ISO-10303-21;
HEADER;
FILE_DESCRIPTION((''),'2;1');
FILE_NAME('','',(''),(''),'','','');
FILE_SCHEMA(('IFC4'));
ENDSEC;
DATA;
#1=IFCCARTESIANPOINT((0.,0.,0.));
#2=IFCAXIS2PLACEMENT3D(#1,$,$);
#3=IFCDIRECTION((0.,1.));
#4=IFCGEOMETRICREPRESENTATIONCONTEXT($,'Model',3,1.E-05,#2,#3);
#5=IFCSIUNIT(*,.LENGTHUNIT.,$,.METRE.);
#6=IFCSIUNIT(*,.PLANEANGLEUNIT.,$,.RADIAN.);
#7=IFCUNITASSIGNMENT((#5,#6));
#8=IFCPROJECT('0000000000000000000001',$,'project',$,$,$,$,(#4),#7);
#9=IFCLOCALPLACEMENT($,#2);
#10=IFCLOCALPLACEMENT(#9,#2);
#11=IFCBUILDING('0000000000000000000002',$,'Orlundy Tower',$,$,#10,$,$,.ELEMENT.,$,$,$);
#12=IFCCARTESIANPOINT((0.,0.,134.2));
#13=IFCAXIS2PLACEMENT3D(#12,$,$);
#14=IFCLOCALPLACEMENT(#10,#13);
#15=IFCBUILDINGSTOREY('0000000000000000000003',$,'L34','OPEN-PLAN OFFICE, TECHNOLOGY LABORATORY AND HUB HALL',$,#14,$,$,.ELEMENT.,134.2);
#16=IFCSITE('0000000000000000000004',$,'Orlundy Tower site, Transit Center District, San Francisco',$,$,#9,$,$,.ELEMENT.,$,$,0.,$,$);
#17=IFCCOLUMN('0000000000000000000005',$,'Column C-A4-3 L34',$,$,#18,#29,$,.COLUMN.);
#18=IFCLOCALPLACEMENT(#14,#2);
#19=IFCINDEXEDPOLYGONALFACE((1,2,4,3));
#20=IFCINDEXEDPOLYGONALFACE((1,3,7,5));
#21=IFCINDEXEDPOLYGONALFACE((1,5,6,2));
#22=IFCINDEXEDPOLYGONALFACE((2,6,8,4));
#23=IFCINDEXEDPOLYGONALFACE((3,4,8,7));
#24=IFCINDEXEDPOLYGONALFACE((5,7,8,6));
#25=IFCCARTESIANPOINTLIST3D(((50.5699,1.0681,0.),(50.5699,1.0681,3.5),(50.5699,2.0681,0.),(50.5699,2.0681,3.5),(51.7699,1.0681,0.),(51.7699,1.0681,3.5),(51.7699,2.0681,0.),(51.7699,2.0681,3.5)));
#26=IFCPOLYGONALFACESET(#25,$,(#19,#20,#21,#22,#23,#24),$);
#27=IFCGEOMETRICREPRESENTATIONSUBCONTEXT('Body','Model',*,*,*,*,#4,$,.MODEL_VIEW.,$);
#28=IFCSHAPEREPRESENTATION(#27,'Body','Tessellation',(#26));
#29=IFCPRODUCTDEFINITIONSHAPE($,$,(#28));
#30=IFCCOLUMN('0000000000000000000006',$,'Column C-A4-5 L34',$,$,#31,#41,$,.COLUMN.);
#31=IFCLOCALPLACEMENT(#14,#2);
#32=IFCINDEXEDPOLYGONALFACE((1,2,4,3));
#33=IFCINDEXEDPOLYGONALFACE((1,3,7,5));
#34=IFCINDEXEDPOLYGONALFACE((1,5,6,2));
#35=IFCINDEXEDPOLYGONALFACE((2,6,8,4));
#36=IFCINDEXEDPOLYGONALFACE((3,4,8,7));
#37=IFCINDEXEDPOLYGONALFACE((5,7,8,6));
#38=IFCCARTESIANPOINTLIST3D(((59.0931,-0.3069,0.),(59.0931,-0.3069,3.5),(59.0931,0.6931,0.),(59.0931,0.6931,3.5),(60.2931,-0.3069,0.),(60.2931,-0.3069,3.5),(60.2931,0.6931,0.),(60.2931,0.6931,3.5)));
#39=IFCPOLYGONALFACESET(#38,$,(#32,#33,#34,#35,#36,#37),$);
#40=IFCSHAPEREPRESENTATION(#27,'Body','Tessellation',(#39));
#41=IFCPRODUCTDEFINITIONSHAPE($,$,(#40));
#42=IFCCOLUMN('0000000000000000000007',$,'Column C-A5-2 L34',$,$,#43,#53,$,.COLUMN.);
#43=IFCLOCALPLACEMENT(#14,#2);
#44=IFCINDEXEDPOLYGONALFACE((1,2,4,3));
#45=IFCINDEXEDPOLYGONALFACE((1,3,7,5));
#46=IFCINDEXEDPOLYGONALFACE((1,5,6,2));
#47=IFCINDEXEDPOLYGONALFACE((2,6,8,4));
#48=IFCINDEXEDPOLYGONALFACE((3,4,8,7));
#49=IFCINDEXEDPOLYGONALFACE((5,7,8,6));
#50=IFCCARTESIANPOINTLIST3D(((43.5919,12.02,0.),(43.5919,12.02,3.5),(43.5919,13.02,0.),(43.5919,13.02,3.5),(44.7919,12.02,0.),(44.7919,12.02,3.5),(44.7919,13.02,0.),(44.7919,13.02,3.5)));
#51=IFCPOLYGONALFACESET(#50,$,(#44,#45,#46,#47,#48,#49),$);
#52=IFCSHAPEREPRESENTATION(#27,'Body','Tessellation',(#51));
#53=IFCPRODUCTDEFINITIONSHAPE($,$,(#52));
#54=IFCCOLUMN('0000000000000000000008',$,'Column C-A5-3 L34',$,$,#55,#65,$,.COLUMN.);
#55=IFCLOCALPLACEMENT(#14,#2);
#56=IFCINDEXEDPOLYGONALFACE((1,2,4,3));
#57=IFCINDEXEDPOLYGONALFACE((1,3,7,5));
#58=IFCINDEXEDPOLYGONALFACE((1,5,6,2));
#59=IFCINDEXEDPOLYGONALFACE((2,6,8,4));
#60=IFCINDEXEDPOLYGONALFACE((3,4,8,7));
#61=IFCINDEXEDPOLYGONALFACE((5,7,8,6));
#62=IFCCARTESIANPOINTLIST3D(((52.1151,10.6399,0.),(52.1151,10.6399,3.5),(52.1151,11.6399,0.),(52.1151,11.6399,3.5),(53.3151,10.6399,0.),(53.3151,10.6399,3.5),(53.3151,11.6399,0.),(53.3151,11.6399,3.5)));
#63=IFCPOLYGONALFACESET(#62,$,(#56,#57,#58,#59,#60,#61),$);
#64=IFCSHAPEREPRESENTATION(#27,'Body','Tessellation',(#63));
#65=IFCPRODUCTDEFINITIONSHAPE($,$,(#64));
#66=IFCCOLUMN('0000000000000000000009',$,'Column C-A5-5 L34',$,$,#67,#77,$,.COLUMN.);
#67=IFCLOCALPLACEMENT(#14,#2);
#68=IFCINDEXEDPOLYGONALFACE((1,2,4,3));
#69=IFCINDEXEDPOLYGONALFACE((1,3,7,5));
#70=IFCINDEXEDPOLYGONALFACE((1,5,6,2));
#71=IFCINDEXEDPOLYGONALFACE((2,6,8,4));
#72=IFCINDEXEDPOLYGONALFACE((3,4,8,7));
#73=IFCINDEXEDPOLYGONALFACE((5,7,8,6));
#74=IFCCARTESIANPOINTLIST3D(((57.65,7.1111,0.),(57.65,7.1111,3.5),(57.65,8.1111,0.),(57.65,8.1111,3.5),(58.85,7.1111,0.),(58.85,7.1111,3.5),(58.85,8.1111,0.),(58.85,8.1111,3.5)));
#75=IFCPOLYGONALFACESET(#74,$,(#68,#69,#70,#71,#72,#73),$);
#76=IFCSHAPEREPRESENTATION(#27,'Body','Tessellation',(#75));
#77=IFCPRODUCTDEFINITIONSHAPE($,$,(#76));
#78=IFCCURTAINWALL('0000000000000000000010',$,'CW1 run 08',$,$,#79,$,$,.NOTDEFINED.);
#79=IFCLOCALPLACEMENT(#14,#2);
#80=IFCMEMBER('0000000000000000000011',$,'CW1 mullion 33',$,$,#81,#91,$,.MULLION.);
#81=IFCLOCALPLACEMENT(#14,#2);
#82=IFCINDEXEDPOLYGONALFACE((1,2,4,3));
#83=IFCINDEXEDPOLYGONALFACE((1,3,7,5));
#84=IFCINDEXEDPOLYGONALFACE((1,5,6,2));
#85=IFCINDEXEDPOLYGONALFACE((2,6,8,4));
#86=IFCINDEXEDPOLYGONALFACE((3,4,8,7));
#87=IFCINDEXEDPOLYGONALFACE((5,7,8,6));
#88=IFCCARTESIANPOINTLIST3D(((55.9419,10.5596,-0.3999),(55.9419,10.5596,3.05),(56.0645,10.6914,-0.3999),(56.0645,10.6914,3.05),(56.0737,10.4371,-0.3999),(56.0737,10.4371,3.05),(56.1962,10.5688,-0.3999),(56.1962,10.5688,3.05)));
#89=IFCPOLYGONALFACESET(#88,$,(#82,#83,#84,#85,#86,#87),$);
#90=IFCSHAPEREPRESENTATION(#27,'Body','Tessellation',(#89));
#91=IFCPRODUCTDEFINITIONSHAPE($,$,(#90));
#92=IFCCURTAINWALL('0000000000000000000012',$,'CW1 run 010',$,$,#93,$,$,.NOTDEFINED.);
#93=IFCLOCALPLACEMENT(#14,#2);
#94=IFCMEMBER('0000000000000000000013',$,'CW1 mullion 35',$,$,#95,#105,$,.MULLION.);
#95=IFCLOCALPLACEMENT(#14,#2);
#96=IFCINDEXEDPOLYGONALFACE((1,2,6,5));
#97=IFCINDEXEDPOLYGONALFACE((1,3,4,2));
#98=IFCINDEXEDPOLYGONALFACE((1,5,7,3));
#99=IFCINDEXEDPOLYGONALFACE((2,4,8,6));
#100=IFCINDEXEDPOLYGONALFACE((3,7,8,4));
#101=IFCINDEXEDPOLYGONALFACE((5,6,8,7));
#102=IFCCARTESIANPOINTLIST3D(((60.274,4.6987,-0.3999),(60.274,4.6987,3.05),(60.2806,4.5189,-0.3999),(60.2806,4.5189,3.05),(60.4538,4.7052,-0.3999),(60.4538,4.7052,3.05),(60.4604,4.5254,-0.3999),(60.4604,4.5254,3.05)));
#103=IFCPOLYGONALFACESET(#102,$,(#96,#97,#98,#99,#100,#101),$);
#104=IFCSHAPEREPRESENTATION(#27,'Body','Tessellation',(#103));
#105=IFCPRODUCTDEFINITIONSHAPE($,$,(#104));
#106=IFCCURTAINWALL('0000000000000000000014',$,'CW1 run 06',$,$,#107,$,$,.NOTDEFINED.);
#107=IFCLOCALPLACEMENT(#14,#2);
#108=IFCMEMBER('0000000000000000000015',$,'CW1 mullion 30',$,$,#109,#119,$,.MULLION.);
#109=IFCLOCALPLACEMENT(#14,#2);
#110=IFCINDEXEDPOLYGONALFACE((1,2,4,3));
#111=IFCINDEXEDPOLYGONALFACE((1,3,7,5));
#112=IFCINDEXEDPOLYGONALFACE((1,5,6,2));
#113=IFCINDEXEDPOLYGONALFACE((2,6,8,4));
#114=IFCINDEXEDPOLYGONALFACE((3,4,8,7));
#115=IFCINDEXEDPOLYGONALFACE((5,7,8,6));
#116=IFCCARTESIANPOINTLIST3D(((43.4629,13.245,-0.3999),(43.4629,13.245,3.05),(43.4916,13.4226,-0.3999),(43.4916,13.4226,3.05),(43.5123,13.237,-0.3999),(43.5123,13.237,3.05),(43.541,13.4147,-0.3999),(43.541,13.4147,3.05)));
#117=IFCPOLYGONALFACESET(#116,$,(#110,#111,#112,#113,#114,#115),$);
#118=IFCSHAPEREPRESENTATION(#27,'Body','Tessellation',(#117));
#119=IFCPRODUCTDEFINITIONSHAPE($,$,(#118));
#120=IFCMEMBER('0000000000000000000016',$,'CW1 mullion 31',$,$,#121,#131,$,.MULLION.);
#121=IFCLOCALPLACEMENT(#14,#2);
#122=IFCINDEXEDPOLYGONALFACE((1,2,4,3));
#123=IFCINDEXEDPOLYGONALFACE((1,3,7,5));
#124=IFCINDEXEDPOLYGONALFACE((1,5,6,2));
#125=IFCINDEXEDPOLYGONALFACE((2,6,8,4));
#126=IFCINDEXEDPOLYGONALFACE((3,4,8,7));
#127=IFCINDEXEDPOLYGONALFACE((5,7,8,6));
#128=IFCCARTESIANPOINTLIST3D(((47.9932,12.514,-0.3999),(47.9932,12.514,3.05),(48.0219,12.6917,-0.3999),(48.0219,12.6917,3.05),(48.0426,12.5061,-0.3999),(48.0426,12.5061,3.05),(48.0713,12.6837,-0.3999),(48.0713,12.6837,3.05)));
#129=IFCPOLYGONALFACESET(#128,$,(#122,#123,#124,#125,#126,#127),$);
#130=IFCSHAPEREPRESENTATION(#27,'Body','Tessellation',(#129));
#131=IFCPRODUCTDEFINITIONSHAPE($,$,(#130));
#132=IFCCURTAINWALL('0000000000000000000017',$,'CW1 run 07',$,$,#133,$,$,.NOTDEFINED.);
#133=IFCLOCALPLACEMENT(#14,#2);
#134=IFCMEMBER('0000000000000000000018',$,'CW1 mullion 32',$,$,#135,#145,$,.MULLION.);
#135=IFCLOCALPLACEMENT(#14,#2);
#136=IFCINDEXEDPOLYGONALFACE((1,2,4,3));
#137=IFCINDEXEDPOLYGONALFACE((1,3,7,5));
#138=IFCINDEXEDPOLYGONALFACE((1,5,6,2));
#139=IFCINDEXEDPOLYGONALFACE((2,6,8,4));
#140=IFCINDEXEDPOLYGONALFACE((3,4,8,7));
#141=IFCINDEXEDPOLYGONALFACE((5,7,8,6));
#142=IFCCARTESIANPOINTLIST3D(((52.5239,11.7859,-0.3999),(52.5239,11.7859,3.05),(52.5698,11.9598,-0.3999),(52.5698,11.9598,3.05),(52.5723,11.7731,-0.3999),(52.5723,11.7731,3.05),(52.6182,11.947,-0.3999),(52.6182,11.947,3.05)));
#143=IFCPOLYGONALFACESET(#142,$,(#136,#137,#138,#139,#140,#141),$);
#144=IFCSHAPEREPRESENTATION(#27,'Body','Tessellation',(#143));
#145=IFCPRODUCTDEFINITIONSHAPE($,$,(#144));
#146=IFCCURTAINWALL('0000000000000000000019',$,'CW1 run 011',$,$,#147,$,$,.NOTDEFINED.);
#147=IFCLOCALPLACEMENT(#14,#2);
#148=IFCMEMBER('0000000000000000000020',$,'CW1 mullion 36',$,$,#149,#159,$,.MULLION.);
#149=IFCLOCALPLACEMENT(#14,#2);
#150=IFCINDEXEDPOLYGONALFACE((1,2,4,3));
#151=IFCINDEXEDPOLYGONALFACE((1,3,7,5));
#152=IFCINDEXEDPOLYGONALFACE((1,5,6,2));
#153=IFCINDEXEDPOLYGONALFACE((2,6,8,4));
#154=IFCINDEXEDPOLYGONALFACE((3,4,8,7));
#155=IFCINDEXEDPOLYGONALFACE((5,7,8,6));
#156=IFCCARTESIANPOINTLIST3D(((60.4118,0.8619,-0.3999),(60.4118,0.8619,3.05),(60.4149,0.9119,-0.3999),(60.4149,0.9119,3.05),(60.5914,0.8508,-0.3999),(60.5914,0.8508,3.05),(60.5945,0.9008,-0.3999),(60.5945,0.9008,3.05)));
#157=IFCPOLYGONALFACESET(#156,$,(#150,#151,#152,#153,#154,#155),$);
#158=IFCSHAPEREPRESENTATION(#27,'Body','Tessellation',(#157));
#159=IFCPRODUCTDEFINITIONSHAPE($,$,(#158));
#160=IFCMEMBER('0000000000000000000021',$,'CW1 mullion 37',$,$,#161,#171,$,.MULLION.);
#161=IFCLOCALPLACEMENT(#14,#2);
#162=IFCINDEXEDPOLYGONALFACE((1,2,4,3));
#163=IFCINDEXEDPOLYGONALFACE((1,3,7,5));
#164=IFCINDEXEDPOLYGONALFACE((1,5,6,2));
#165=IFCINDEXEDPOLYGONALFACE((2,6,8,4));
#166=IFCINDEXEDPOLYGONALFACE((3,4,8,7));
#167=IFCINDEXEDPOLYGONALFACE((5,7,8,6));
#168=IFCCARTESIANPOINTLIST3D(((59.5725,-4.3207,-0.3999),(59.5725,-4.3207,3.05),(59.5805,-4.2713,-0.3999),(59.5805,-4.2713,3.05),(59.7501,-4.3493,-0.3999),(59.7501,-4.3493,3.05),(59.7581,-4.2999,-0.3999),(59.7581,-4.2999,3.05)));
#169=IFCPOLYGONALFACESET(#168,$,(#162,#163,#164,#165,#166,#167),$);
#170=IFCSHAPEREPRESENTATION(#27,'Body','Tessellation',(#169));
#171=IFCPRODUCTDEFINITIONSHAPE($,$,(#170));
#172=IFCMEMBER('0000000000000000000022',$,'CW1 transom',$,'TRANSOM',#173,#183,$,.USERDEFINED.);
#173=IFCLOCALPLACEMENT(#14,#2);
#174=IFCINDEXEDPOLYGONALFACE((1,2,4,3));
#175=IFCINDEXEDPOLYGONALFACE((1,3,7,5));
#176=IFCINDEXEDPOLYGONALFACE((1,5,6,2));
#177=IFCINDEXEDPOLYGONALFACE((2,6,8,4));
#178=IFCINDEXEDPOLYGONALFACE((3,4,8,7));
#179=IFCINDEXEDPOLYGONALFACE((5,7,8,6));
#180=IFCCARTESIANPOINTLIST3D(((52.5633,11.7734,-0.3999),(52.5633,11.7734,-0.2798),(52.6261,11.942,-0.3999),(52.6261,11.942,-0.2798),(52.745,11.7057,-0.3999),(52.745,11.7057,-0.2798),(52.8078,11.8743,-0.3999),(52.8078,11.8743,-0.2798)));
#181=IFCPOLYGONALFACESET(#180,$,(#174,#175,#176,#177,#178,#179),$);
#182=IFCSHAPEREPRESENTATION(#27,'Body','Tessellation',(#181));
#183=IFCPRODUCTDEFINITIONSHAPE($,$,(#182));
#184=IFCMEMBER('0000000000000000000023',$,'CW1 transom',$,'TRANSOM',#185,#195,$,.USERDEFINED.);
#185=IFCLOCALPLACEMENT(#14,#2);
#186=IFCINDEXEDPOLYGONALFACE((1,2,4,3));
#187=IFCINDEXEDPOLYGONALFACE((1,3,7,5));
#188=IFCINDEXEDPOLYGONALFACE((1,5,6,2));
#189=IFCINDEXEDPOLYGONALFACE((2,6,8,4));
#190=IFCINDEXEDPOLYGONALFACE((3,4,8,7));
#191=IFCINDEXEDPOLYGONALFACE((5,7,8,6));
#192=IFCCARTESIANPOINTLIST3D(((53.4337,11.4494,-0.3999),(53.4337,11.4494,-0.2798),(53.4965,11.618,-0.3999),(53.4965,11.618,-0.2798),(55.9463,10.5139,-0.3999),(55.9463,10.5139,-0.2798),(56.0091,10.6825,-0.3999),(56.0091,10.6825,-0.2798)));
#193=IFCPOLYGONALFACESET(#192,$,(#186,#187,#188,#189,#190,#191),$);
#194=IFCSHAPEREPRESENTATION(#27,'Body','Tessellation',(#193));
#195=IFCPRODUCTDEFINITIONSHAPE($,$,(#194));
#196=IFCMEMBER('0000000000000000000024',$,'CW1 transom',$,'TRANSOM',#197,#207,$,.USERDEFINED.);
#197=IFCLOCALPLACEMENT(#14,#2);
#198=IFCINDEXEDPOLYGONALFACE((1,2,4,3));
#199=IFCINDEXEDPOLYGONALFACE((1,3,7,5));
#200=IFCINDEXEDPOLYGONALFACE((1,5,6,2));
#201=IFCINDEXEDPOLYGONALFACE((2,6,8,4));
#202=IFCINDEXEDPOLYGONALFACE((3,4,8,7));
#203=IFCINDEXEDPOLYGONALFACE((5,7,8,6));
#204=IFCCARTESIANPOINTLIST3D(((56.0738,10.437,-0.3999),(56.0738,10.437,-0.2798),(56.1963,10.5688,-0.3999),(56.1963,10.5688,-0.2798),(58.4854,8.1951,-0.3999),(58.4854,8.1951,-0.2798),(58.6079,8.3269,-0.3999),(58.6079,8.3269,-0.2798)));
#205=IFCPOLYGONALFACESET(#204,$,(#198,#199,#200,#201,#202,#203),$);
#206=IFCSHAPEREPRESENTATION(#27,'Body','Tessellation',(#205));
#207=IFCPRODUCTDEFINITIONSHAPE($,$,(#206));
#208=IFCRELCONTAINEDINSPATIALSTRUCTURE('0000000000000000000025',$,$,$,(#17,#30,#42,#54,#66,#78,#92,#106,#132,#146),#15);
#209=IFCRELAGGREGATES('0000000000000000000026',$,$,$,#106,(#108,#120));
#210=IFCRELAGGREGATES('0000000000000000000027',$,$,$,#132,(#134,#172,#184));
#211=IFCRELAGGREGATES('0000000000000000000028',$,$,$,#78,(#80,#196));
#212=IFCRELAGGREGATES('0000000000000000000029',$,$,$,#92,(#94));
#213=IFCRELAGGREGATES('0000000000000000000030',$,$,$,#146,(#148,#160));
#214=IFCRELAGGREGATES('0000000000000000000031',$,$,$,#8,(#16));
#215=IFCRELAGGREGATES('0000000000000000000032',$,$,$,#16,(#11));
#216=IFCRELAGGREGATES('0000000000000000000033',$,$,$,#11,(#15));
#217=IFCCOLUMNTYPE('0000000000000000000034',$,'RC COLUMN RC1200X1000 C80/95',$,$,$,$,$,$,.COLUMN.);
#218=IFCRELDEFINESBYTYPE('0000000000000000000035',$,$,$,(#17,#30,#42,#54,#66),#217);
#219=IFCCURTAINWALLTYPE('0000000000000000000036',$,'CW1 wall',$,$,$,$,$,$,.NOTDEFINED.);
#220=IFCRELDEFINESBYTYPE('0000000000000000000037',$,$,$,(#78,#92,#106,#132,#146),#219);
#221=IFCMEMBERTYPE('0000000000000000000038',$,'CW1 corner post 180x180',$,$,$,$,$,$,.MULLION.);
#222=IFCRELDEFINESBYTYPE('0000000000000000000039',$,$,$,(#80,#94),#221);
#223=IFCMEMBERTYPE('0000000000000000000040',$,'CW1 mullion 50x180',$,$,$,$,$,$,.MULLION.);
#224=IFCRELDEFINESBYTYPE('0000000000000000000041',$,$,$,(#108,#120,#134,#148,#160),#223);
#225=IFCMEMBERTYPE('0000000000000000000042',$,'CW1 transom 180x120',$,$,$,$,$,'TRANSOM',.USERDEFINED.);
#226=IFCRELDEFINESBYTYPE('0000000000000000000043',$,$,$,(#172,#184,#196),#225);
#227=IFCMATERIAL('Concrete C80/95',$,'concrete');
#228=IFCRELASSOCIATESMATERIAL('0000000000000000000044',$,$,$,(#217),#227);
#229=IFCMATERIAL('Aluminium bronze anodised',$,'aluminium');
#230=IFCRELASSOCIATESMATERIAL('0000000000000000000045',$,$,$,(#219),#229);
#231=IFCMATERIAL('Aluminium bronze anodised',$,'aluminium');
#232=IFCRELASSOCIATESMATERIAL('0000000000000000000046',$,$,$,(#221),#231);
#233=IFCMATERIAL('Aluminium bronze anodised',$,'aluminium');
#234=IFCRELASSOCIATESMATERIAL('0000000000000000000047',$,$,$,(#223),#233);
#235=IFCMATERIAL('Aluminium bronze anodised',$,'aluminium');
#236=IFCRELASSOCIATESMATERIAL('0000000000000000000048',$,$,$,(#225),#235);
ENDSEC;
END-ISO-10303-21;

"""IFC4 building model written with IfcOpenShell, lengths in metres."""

from ifc_helpers import new_model, si_unit, direction, frame, origin, origin_2d, place, context, subcontext, project, spatial, rectangle, extrude, material, material_profile, profile_set, type_object, element, aggregate, save


model = new_model("IFC4")

# Units and contexts
model_context = context("Model", 3, precision=1e-05, world=origin(), true_north=direction((0.0, 1.0)))
body_context = subcontext(model_context, "Body", "Model", "MODEL_VIEW")
ifc_project = project(units=[si_unit("LENGTHUNIT", "METRE"), si_unit("PLANEANGLEUNIT", "RADIAN")], contexts=[model_context])

# Site, building, storey
site_placement = place(None, origin())
site = spatial("IfcSite", under=ifc_project, at=site_placement, Name="Orlundy Tower site, Transit Center District, San Francisco", CompositionType="ELEMENT", RefElevation=0.0)
building_placement = place(site_placement, origin())
building = spatial("IfcBuilding", under=site, at=building_placement, Name="Orlundy Tower", CompositionType="ELEMENT")
storey_placement = place(building_placement, frame((0.0, 0.0, 134.2)))
storey = spatial("IfcBuildingStorey", under=building, at=storey_placement, Name="L34", Description="OPEN-PLAN OFFICE, TECHNOLOGY LABORATORY AND HUB HALL", CompositionType="ELEMENT", Elevation=134.2)

# Columns
ifc_material_1 = material(Name="Concrete C80/95", Category="concrete")
ifc_material_profile_1 = material_profile(ifc_material_1, rectangle(XDim=1.2, YDim=1.0, at=origin_2d()), Name="RC1200X1000")
ifc_profile_set_1 = profile_set([ifc_material_profile_1], Name="Concrete C80/95")
column_type = type_object("IfcColumnType", Name="RC COLUMN RC1200X1000 C80/95", PredefinedType="COLUMN", material=ifc_profile_set_1)
for number, where, z_axis, x_axis, name in (
    (1, (51.1699, 1.5681, 0.0), (0.0, 0.0, 1.0), (1.0, 0.0, 0.0), "Column C-A4-3 L34"),
    (2, (59.6931, 0.1931, 0.0), (0.0, 0.0, 1.0), (1.0, 0.0, 0.0), "Column C-A4-5 L34"),
    (3, (44.1919, 12.52, 0.0), (0.0, 0.0, 1.0), (1.0, 0.0, 0.0), "Column C-A5-2 L34"),
    (4, (52.7151, 11.1399, 0.0), (0.0, 0.0, 1.0), (1.0, 0.0, 0.0), "Column C-A5-3 L34"),
    (5, (58.25, 7.6111, 0.0), (0.0, 0.0, 1.0), (1.0, 0.0, 0.0), "Column C-A5-5 L34"),
):
    element("IfcColumn", number, at=place(storey_placement, frame(where, z_axis=z_axis, x_axis=x_axis)), inside=storey, type_object=column_type, Name=name, PredefinedType="COLUMN", context=body_context, shape_type="SweptSolid", body=[
        extrude(rectangle(XDim=1.2, YDim=1.0, at=origin_2d()), origin(), (0.0, 0.0, 1.0), 3.5),
    ])

# Curtain walls, members
ifc_material_2 = material(Name="Aluminium bronze anodised", Category="aluminium")
curtain_wall_type = type_object("IfcCurtainWallType", Name="CW1 wall", PredefinedType="NOTDEFINED", material=ifc_material_2)
curtain_wall_1_placement = place(storey_placement, origin())
curtain_wall_1 = element("IfcCurtainWall", 6, at=curtain_wall_1_placement, inside=storey, type_object=curtain_wall_type, Name="CW1 run 08", PredefinedType="NOTDEFINED")
ifc_material_3 = material(Name="Aluminium bronze anodised", Category="aluminium")
ifc_material_profile_2 = material_profile(ifc_material_3, rectangle(XDim=0.1799, YDim=0.1799, at=origin_2d()), Name="CW1 corner post 180x180")
ifc_profile_set_2 = profile_set([ifc_material_profile_2], Name="Aluminium bronze anodised")
member_type_1 = type_object("IfcMemberType", Name="CW1 corner post 180x180", PredefinedType="MULLION", material=ifc_profile_set_2)
member_1_placement = place(storey_placement, frame((56.0691, 10.5642, -0.3999), z_axis=(0.0, 0.0, 1.0), x_axis=(0.680875, 0.732399, 0.0)))
member_1 = element("IfcMember", 7, at=member_1_placement, type_object=member_type_1, Name="CW1 mullion 33", PredefinedType="MULLION", context=body_context, shape_type="SweptSolid", body=[
    extrude(rectangle(XDim=0.1799, YDim=0.1799, at=origin_2d()), origin(), (0.0, 0.0, 1.0), 3.45),
])
curtain_wall_2_placement = place(storey_placement, origin())
curtain_wall_2 = element("IfcCurtainWall", 8, at=curtain_wall_2_placement, inside=storey, type_object=curtain_wall_type, Name="CW1 run 010", PredefinedType="NOTDEFINED")
member_2_placement = place(storey_placement, frame((60.3672, 4.6121, -0.3999), z_axis=(0.0, 0.0, 1.0), x_axis=(0.999336, 0.036423, 0.0)))
member_2 = element("IfcMember", 9, at=member_2_placement, type_object=member_type_1, Name="CW1 mullion 35", PredefinedType="MULLION", context=body_context, shape_type="SweptSolid", body=[
    extrude(rectangle(XDim=0.1799, YDim=0.1799, at=origin_2d()), origin(), (0.0, 0.0, 1.0), 3.45),
])

# Curtain wall, members
curtain_wall_3_placement = place(storey_placement, origin())
curtain_wall_3 = element("IfcCurtainWall", 10, at=curtain_wall_3_placement, inside=storey, type_object=curtain_wall_type, Name="CW1 run 06", PredefinedType="NOTDEFINED")
ifc_material_4 = material(Name="Aluminium bronze anodised", Category="aluminium")
ifc_material_profile_3 = material_profile(ifc_material_4, rectangle(XDim=0.1799, YDim=0.05, at=origin_2d()), Name="CW1 mullion 50x180")
ifc_profile_set_3 = profile_set([ifc_material_profile_3], Name="Aluminium bronze anodised")
member_type_2 = type_object("IfcMemberType", Name="CW1 mullion 50x180", PredefinedType="MULLION", material=ifc_profile_set_3)
member_3_placement = place(storey_placement, frame((43.502, 13.3298, -0.3999), z_axis=(0.0, 0.0, 1.0), x_axis=(0.159302, 0.98723, 0.0)))
member_3 = element("IfcMember", 11, at=member_3_placement, type_object=member_type_2, Name="CW1 mullion 30", PredefinedType="MULLION", context=body_context, shape_type="SweptSolid", body=[
    extrude(rectangle(XDim=0.1799, YDim=0.05, at=origin_2d()), origin(), (0.0, 0.0, 1.0), 3.45),
])
member_4_placement = place(storey_placement, frame((48.0322, 12.5989, -0.3999), z_axis=(0.0, 0.0, 1.0), x_axis=(0.159302, 0.98723, 0.0)))
member_4 = element("IfcMember", 12, at=member_4_placement, type_object=member_type_2, Name="CW1 mullion 31", PredefinedType="MULLION", context=body_context, shape_type="SweptSolid", body=[
    extrude(rectangle(XDim=0.1799, YDim=0.05, at=origin_2d()), origin(), (0.0, 0.0, 1.0), 3.45),
])

# Curtain wall, member
curtain_wall_4_placement = place(storey_placement, origin())
curtain_wall_4 = element("IfcCurtainWall", 13, at=curtain_wall_4_placement, inside=storey, type_object=curtain_wall_type, Name="CW1 run 07", PredefinedType="NOTDEFINED")
member_5_placement = place(storey_placement, frame((52.571, 11.8665, -0.3999), z_axis=(0.0, 0.0, 1.0), x_axis=(0.255334, 0.966853, 0.0)))
member_5 = element("IfcMember", 14, at=member_5_placement, type_object=member_type_2, Name="CW1 mullion 32", PredefinedType="MULLION", context=body_context, shape_type="SweptSolid", body=[
    extrude(rectangle(XDim=0.1799, YDim=0.05, at=origin_2d()), origin(), (0.0, 0.0, 1.0), 3.45),
])

# Curtain wall, members
curtain_wall_5_placement = place(storey_placement, origin())
curtain_wall_5 = element("IfcCurtainWall", 15, at=curtain_wall_5_placement, inside=storey, type_object=curtain_wall_type, Name="CW1 run 011", PredefinedType="NOTDEFINED")
member_6_placement = place(storey_placement, frame((60.5032, 0.8813, -0.3999), z_axis=(0.0, 0.0, 1.0), x_axis=(0.998092, -0.061752, 0.0)))
member_6 = element("IfcMember", 16, at=member_6_placement, type_object=member_type_2, Name="CW1 mullion 36", PredefinedType="MULLION", context=body_context, shape_type="SweptSolid", body=[
    extrude(rectangle(XDim=0.1799, YDim=0.05, at=origin_2d()), origin(), (0.0, 0.0, 1.0), 3.45),
])
member_7_placement = place(storey_placement, frame((59.6653, -4.3103, -0.3999), z_axis=(0.0, 0.0, 1.0), x_axis=(0.987225, -0.159331, 0.0)))
member_7 = element("IfcMember", 17, at=member_7_placement, type_object=member_type_2, Name="CW1 mullion 37", PredefinedType="MULLION", context=body_context, shape_type="SweptSolid", body=[
    extrude(rectangle(XDim=0.1799, YDim=0.05, at=origin_2d()), origin(), (0.0, 0.0, 1.0), 3.45),
])

# Members
ifc_material_5 = material(Name="Aluminium bronze anodised", Category="aluminium")
ifc_material_profile_4 = material_profile(ifc_material_5, rectangle(XDim=0.1799, YDim=0.1201, at=origin_2d()), Name="CW1 transom 180x120")
ifc_profile_set_4 = profile_set([ifc_material_profile_4], Name="Aluminium bronze anodised")
member_type_3 = type_object("IfcMemberType", Name="CW1 transom 180x120", ElementType="TRANSOM", PredefinedType="USERDEFINED", material=ifc_profile_set_4)
member_8_placement = place(storey_placement, frame((52.5947, 11.8577, -0.3398), z_axis=(0.937155, -0.348914, 0.0), x_axis=(0.348914, 0.937155, 0.0)))
member_8 = element("IfcMember", 18, at=member_8_placement, type_object=member_type_3, Name="CW1 transom", ObjectType="TRANSOM", PredefinedType="USERDEFINED", context=body_context, shape_type="SweptSolid", body=[
    extrude(rectangle(XDim=0.1799, YDim=0.1201, at=origin_2d()), origin(), (0.0, 0.0, 1.0), 0.1938),
])
member_9_placement = place(storey_placement, frame((53.4651, 11.5337, -0.3398), z_axis=(0.93715, -0.348927, 0.0), x_axis=(0.348927, 0.93715, 0.0)))
member_9 = element("IfcMember", 19, at=member_9_placement, type_object=member_type_3, Name="CW1 transom", ObjectType="TRANSOM", PredefinedType="USERDEFINED", context=body_context, shape_type="SweptSolid", body=[
    extrude(rectangle(XDim=0.1799, YDim=0.1201, at=origin_2d()), origin(), (0.0, 0.0, 1.0), 2.6812),
])
member_10_placement = place(storey_placement, frame((56.135, 10.5029, -0.3398), z_axis=(0.732403, -0.680872, 0.0), x_axis=(0.680872, 0.732403, 0.0)))
member_10 = element("IfcMember", 20, at=member_10_placement, type_object=member_type_3, Name="CW1 transom", ObjectType="TRANSOM", PredefinedType="USERDEFINED", context=body_context, shape_type="SweptSolid", body=[
    extrude(rectangle(XDim=0.1799, YDim=0.1201, at=origin_2d()), origin(), (0.0, 0.0, 1.0), 3.2927),
])

aggregate(curtain_wall_3, [member_3, member_4])
aggregate(curtain_wall_4, [member_5, member_8, member_9])
aggregate(curtain_wall_1, [member_1, member_10])
aggregate(curtain_wall_2, [member_2])
aggregate(curtain_wall_5, [member_6, member_7])

save(model, "model.ifc")
